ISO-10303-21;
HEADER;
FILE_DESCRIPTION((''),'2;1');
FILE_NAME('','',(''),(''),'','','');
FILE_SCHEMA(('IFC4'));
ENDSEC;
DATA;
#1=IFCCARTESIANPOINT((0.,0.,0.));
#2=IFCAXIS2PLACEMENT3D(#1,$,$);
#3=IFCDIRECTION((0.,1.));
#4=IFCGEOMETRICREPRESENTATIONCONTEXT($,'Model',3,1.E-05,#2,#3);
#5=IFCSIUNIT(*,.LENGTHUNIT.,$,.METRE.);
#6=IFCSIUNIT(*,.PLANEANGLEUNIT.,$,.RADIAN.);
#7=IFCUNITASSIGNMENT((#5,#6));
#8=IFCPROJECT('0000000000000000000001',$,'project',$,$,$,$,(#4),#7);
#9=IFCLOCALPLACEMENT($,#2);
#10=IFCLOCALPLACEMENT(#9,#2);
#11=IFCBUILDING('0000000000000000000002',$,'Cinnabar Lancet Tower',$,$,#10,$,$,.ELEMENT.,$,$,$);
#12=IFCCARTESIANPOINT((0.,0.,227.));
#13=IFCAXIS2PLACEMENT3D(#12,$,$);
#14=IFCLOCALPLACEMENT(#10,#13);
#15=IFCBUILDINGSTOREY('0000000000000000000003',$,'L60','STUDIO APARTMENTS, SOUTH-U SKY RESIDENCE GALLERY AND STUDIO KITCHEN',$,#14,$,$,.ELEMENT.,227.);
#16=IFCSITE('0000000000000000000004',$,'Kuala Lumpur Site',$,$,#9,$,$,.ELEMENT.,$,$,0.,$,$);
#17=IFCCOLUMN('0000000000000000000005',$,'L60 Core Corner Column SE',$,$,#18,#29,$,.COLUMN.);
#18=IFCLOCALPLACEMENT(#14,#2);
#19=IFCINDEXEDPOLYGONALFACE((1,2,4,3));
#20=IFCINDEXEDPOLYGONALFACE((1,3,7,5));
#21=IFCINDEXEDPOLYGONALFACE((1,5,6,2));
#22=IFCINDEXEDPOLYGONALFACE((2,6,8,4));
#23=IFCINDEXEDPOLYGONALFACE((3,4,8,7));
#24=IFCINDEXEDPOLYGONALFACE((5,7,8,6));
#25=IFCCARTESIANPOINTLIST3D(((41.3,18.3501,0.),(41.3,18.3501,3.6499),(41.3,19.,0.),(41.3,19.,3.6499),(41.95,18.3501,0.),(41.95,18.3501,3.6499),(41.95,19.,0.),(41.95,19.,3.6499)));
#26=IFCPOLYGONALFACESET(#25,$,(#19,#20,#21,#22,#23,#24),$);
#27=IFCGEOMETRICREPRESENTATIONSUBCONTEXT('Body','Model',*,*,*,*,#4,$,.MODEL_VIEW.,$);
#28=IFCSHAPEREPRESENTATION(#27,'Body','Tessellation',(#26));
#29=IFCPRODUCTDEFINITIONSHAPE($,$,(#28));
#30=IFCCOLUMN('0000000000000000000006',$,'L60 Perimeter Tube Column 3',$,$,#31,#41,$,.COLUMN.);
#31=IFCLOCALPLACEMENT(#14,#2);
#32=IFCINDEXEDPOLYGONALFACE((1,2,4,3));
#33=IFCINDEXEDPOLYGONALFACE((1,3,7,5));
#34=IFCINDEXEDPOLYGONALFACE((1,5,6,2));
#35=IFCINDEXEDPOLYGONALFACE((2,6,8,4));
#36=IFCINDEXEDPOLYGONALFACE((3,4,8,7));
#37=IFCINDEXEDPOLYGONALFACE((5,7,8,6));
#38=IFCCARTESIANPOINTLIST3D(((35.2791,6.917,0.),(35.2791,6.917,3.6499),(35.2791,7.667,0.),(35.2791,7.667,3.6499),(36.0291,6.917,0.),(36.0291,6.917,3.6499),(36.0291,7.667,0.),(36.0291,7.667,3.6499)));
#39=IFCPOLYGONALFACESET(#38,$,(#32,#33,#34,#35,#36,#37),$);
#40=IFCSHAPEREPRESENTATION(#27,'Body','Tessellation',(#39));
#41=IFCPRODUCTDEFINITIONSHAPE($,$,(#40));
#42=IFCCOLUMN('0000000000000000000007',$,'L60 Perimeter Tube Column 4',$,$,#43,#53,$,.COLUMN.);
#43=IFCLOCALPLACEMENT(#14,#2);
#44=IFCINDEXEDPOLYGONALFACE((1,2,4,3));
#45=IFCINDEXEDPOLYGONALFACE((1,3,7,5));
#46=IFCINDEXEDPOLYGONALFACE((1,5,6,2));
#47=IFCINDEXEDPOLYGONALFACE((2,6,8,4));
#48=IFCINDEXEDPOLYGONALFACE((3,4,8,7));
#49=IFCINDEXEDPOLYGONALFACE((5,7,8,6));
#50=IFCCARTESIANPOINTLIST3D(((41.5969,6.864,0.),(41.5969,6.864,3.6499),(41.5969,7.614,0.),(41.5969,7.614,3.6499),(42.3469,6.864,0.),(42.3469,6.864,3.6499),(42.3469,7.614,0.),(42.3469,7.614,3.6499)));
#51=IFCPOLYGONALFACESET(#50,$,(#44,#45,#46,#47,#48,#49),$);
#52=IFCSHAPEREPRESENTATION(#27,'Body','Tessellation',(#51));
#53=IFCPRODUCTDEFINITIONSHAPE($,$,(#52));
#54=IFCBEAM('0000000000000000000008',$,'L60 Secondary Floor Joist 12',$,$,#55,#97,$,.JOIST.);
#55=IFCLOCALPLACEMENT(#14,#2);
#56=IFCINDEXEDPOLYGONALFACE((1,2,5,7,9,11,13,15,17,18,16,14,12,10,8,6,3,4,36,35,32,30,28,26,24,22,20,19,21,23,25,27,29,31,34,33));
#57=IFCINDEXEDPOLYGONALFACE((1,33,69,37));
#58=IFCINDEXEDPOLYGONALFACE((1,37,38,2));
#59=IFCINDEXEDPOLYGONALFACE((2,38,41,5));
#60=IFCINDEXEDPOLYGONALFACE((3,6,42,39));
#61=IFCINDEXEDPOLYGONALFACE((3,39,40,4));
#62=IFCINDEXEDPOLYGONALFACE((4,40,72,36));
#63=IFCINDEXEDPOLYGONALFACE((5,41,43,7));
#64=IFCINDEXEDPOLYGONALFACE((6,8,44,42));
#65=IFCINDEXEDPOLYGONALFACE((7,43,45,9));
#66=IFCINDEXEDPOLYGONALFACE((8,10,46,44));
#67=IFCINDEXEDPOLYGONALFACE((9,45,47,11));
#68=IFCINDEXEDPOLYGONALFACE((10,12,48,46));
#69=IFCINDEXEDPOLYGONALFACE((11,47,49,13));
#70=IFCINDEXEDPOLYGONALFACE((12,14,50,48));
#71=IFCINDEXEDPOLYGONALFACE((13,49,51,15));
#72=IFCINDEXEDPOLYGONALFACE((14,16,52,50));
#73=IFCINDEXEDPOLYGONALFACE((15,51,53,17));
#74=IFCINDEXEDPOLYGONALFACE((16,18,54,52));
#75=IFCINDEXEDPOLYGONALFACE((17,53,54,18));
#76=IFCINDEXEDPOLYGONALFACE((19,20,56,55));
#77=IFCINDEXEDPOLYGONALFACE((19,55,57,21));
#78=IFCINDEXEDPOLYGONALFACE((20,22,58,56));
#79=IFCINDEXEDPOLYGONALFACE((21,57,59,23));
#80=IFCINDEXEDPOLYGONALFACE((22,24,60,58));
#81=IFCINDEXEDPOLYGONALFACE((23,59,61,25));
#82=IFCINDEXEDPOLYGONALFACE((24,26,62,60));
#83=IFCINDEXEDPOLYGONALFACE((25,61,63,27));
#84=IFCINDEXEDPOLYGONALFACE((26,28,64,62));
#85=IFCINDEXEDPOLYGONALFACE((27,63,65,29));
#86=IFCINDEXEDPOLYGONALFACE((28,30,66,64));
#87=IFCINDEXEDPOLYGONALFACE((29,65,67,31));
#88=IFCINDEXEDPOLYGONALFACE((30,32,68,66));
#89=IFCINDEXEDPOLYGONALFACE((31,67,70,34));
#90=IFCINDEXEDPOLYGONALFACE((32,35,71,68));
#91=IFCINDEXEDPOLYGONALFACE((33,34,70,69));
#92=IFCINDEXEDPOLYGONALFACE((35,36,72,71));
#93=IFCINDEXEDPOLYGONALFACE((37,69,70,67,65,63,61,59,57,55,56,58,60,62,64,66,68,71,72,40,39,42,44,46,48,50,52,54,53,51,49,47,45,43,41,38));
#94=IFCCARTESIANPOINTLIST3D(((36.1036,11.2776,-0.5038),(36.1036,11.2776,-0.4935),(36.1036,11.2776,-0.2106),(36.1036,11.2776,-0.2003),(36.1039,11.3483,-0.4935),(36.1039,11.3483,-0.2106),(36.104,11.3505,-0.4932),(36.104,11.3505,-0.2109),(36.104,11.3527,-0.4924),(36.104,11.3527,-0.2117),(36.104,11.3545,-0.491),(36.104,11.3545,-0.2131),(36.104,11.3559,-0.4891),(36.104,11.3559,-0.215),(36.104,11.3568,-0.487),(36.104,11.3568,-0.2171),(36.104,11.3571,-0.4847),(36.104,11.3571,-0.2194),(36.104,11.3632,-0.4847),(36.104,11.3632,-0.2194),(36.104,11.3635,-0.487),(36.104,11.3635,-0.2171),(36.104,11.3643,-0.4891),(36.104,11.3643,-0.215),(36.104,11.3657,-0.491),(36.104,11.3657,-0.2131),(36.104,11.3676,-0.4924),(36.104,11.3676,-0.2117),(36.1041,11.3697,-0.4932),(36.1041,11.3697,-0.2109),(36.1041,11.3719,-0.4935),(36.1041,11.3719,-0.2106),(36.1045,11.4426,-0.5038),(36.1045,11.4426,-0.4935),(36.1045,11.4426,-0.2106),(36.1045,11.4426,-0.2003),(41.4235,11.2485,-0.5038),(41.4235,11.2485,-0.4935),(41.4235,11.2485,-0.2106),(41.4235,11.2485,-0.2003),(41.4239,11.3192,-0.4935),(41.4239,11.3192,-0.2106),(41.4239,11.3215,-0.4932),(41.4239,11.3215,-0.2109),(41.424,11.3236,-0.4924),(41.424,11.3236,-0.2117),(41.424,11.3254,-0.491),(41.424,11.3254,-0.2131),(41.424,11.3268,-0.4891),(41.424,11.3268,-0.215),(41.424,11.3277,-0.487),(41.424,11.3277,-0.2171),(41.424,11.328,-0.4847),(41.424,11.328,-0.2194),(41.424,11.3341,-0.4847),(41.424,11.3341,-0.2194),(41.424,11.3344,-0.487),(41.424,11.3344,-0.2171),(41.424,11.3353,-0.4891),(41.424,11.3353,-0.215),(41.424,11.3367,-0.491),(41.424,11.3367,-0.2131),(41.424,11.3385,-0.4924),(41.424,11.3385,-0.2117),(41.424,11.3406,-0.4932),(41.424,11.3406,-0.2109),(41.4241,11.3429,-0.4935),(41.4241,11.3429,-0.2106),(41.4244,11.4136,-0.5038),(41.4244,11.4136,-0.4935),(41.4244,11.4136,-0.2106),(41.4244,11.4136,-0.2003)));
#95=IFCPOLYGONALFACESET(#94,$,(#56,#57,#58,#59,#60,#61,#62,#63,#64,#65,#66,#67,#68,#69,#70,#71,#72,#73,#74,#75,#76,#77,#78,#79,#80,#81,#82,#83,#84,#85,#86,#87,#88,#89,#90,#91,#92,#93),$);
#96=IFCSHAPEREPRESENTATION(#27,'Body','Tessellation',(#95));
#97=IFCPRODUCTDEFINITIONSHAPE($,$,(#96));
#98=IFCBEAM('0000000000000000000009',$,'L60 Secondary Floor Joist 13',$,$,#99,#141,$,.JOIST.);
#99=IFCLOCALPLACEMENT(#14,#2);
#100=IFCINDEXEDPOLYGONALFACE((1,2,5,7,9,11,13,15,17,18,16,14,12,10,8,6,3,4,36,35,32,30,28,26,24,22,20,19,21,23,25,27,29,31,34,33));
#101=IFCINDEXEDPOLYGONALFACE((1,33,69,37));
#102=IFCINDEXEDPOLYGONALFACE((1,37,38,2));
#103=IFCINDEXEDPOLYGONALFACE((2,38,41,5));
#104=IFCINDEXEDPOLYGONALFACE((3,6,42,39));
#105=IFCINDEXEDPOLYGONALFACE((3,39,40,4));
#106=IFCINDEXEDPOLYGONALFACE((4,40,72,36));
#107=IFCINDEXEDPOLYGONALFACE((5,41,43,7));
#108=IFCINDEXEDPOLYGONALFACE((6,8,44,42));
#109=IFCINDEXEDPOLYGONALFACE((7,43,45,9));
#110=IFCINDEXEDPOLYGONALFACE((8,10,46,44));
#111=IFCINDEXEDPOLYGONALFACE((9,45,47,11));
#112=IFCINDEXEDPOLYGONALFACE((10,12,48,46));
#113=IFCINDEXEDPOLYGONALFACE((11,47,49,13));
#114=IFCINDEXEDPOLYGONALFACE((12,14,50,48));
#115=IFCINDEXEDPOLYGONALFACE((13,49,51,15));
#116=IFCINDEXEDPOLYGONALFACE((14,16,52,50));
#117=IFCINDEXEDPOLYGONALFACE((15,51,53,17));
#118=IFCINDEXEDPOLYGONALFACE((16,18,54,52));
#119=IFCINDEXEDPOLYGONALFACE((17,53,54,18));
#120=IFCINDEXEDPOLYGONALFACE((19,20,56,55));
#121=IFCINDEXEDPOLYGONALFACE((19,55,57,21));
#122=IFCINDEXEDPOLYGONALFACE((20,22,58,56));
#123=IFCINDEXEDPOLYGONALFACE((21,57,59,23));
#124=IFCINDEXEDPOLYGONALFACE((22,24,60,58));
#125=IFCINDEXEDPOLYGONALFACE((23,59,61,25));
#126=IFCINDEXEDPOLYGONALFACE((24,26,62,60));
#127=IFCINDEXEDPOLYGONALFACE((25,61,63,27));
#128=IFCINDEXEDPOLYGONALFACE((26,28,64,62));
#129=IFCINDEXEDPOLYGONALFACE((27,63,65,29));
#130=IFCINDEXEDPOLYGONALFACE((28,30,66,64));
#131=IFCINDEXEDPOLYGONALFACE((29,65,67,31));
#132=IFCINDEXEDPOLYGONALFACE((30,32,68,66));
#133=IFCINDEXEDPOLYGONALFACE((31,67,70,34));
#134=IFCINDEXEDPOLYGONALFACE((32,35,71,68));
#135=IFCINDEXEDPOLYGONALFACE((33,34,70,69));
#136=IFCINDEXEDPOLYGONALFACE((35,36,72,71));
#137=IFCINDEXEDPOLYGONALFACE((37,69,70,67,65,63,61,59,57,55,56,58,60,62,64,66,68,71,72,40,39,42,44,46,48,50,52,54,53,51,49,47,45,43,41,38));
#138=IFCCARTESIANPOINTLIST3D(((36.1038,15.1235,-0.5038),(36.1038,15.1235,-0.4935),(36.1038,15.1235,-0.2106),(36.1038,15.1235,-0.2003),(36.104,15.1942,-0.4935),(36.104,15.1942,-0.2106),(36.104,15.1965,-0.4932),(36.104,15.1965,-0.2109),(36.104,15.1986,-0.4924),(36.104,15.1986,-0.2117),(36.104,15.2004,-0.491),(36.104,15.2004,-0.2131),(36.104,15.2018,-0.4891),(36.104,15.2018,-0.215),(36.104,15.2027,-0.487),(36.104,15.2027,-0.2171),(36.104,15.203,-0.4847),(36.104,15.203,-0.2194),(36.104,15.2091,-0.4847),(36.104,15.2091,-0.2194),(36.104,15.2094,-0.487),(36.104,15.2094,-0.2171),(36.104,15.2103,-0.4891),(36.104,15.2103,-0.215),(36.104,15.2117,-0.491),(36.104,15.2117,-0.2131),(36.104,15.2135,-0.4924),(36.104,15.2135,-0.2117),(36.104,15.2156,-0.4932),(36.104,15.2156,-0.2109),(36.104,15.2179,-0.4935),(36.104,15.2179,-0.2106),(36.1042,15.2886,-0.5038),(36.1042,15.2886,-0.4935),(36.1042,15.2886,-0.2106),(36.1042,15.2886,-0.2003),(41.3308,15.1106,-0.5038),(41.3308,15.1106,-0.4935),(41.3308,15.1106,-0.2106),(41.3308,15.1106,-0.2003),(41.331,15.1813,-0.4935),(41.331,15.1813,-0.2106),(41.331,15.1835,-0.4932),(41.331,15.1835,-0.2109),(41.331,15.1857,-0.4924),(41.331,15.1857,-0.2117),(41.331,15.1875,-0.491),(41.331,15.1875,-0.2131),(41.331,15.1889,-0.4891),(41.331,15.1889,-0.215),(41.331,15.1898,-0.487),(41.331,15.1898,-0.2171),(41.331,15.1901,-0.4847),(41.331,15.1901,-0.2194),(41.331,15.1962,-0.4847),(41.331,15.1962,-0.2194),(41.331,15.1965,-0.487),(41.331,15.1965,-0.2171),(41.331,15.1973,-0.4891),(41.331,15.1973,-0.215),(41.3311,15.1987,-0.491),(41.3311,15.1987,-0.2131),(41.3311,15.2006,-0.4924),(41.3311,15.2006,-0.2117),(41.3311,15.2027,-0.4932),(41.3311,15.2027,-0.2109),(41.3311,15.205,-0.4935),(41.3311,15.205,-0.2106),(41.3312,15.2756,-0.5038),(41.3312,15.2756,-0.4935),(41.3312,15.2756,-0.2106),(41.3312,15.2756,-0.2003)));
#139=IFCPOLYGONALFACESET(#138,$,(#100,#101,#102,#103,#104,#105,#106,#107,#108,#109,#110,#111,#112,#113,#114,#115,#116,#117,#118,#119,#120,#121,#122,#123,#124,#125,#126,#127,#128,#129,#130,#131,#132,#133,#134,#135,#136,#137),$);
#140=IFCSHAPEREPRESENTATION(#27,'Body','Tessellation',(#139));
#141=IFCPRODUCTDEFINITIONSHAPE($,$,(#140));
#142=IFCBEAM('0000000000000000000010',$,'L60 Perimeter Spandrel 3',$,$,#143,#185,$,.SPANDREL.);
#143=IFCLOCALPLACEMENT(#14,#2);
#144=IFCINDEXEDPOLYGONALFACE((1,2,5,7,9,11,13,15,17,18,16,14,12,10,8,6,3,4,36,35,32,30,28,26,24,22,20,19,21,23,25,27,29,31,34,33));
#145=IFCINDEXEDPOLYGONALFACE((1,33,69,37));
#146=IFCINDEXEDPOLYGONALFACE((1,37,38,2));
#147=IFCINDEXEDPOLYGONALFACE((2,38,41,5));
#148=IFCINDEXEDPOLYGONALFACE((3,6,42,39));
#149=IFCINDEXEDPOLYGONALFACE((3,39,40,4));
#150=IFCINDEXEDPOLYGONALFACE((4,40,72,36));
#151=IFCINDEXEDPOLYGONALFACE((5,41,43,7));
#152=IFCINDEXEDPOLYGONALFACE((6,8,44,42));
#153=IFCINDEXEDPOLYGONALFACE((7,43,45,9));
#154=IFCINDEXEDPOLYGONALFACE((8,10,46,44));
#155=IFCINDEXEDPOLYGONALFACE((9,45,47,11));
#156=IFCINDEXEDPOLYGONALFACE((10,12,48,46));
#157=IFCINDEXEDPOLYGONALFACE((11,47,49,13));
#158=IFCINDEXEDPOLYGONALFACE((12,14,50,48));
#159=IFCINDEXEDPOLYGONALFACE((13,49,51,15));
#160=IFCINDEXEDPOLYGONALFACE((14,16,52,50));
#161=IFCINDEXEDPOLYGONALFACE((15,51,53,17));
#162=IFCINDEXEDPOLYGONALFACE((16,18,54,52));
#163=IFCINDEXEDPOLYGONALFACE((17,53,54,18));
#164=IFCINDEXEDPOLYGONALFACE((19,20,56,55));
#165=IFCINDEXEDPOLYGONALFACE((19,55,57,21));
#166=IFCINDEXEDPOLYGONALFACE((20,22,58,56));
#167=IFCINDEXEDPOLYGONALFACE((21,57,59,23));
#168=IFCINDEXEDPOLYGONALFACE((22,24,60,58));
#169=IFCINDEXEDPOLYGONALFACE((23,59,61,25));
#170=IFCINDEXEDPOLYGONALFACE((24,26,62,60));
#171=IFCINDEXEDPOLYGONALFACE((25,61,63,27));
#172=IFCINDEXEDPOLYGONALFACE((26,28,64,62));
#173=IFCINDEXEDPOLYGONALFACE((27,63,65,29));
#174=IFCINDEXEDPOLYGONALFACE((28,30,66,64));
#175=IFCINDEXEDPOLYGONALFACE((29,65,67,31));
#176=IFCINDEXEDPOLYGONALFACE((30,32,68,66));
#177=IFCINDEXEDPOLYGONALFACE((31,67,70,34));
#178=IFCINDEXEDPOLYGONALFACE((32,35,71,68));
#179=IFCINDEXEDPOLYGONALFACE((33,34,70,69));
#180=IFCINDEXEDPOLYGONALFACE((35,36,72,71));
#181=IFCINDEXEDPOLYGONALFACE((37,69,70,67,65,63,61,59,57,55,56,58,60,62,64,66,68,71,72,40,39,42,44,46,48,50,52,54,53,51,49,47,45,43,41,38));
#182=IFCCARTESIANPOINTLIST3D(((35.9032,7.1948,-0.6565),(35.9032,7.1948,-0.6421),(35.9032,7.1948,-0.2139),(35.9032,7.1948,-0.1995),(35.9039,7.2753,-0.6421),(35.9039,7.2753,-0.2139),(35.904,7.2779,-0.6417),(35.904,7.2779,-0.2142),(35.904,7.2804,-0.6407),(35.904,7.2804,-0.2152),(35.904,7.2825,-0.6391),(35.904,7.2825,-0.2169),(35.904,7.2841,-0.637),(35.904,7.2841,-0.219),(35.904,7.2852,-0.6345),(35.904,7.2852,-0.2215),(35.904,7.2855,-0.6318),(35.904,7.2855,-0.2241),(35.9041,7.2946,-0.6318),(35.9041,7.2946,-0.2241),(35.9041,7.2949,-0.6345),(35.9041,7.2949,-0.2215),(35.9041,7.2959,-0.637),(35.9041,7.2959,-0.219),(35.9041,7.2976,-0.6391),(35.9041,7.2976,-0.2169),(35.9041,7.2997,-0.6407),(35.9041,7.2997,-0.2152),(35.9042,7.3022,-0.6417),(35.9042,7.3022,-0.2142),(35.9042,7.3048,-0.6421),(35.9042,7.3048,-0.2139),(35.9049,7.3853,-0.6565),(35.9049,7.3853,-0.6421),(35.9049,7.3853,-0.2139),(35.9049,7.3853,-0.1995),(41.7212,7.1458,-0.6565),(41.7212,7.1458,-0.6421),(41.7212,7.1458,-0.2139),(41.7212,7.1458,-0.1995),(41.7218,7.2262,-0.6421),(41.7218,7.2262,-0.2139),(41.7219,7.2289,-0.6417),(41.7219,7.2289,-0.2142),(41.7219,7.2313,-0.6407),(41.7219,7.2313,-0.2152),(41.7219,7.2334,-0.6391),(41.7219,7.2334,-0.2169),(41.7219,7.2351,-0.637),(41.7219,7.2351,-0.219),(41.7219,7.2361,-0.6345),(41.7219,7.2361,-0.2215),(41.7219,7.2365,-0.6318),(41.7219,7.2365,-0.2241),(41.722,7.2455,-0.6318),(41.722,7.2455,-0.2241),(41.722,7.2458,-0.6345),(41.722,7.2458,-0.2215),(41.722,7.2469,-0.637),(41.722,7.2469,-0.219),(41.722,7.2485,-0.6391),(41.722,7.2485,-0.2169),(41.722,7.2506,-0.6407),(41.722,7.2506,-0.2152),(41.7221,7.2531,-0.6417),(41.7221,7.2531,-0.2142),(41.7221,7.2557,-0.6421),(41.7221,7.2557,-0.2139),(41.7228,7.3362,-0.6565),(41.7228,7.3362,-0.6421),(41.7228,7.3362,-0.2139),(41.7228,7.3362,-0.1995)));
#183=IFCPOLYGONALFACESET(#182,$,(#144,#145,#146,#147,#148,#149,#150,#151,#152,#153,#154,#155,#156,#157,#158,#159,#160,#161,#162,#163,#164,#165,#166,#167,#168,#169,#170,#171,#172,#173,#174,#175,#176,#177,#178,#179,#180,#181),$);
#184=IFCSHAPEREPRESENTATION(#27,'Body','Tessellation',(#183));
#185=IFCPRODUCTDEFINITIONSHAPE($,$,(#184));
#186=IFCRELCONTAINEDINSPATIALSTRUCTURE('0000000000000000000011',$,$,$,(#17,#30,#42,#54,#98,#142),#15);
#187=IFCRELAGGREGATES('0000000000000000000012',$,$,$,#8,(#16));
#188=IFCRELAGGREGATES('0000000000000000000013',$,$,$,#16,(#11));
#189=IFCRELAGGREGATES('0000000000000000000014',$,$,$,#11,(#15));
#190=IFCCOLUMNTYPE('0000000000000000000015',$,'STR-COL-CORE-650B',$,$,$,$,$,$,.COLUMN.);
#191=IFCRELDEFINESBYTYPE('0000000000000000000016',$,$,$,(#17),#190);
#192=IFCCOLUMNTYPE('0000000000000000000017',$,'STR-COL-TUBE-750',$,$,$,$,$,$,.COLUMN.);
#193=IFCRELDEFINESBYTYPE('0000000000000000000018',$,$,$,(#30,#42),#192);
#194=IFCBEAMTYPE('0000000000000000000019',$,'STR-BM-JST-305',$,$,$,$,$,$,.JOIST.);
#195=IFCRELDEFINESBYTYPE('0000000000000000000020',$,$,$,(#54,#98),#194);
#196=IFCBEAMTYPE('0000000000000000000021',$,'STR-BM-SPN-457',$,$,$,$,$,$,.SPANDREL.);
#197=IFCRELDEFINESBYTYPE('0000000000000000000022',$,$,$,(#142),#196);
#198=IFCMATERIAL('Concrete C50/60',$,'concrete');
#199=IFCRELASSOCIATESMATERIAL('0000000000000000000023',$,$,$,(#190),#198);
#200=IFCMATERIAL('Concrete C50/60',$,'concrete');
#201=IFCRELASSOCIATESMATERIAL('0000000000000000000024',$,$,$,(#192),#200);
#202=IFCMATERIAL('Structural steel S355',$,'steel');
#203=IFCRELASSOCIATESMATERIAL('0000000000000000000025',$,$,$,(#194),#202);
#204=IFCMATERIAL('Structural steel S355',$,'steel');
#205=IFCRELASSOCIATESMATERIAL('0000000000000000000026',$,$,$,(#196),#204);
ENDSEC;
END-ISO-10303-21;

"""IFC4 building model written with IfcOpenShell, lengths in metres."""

from ifc_helpers import new_model, si_unit, direction, frame, origin, origin_2d, place, context, subcontext, project, spatial, rectangle, i_section, extrude, material, material_profile, profile_set, type_object, element, save


model = new_model("IFC4")

# Units and contexts
model_context = context("Model", 3, precision=1e-05, world=origin(), true_north=direction((0.0, 1.0)))
body_context = subcontext(model_context, "Body", "Model", "MODEL_VIEW")
ifc_project = project(units=[si_unit("LENGTHUNIT", "METRE"), si_unit("PLANEANGLEUNIT", "RADIAN")], contexts=[model_context])

# Site, building, storey
site_placement = place(None, origin())
site = spatial("IfcSite", under=ifc_project, at=site_placement, Name="Kuala Lumpur Site", CompositionType="ELEMENT", RefElevation=0.0)
building_placement = place(site_placement, origin())
building = spatial("IfcBuilding", under=site, at=building_placement, Name="Cinnabar Lancet Tower", CompositionType="ELEMENT")
storey_placement = place(building_placement, frame((0.0, 0.0, 227.0)))
storey = spatial("IfcBuildingStorey", under=building, at=storey_placement, Name="L60", Description="STUDIO APARTMENTS, SOUTH-U SKY RESIDENCE GALLERY AND STUDIO KITCHEN", CompositionType="ELEMENT", Elevation=227.0)

# Columns
ifc_material_1 = material(Name="Concrete C50/60", Category="concrete")
ifc_material_profile_1 = material_profile(ifc_material_1, rectangle(XDim=0.6499, YDim=0.6499, at=origin_2d()), Name="RC-COL 650x650")
ifc_profile_set_1 = profile_set([ifc_material_profile_1], Name="Concrete C50/60")
column_type_1 = type_object("IfcColumnType", Name="STR-COL-CORE-650B", PredefinedType="COLUMN", material=ifc_profile_set_1)
column_placement = place(storey_placement, frame((41.625, 18.675, 0.0), z_axis=(0.0, 0.0, 1.0), x_axis=(1.0, 0.0, 0.0)))
element("IfcColumn", 1, at=column_placement, inside=storey, type_object=column_type_1, Name="L60 Core Corner Column SE", PredefinedType="COLUMN", context=body_context, shape_type="SweptSolid", body=[
    extrude(rectangle(XDim=0.6499, YDim=0.6499, at=origin_2d()), origin(), (0.0, 0.0, 1.0), 3.6499),
])
ifc_material_2 = material(Name="Concrete C50/60", Category="concrete")
ifc_material_profile_2 = material_profile(ifc_material_2, rectangle(XDim=0.75, YDim=0.75, at=origin_2d()), Name="RC-COL 750x750")
ifc_profile_set_2 = profile_set([ifc_material_profile_2], Name="Concrete C50/60")
column_type_2 = type_object("IfcColumnType", Name="STR-COL-TUBE-750", PredefinedType="COLUMN", material=ifc_profile_set_2)
for number, where, z_axis, x_axis, name in (
    (2, (35.6541, 7.292, 0.0), (0.0, 0.0, 1.0), (1.0, 0.0, 0.0), "L60 Perimeter Tube Column 3"),
    (3, (41.9719, 7.239, 0.0), (0.0, 0.0, 1.0), (1.0, 0.0, 0.0), "L60 Perimeter Tube Column 4"),
):
    element("IfcColumn", number, at=place(storey_placement, frame(where, z_axis=z_axis, x_axis=x_axis)), inside=storey, type_object=column_type_2, Name=name, PredefinedType="COLUMN", context=body_context, shape_type="SweptSolid", body=[
        extrude(rectangle(XDim=0.75, YDim=0.75, at=origin_2d()), origin(), (0.0, 0.0, 1.0), 3.6499),
    ])

# Beams
ifc_material_3 = material(Name="Structural steel S355", Category="steel")
ifc_material_profile_3 = material_profile(ifc_material_3, i_section(OverallWidth=0.165, OverallDepth=0.3035, WebThickness=0.0061, FlangeThickness=0.0103, FilletRadius=0.0088, at=origin_2d()), Name="UKB 305x165x40")
ifc_profile_set_3 = profile_set([ifc_material_profile_3], Name="Structural steel S355")
beam_type_1 = type_object("IfcBeamType", Name="STR-BM-JST-305", PredefinedType="JOIST", material=ifc_profile_set_3)
beam_1_placement = place(storey_placement, frame((36.104, 11.3601, -0.3521), z_axis=(0.999985, -0.005461, 0.0), x_axis=(0.005461, 0.999985, 0.0)))
element("IfcBeam", 4, at=beam_1_placement, inside=storey, type_object=beam_type_1, Name="L60 Secondary Floor Joist 12", PredefinedType="JOIST", context=body_context, shape_type="SweptSolid", body=[
    extrude(i_section(OverallWidth=0.165, OverallDepth=0.3035, WebThickness=0.0061, FlangeThickness=0.0103, FilletRadius=0.0088, at=origin_2d()), origin(), (0.0, 0.0, 1.0), 5.3201),
])
beam_2_placement = place(storey_placement, frame((36.104, 15.2061, -0.3521), z_axis=(0.999997, -0.002475, 0.0), x_axis=(0.002475, 0.999997, 0.0)))
element("IfcBeam", 5, at=beam_2_placement, inside=storey, type_object=beam_type_1, Name="L60 Secondary Floor Joist 13", PredefinedType="JOIST", context=body_context, shape_type="SweptSolid", body=[
    extrude(i_section(OverallWidth=0.165, OverallDepth=0.3035, WebThickness=0.0061, FlangeThickness=0.0103, FilletRadius=0.0088, at=origin_2d()), origin(), (0.0, 0.0, 1.0), 5.2271),
])
ifc_material_4 = material(Name="Structural steel S355", Category="steel")
ifc_material_profile_4 = material_profile(ifc_material_4, i_section(OverallWidth=0.1904, OverallDepth=0.457, WebThickness=0.009, FlangeThickness=0.0144, FilletRadius=0.0103, at=origin_2d()), Name="UKB 457x191x74")
ifc_profile_set_4 = profile_set([ifc_material_profile_4], Name="Structural steel S355")
beam_type_2 = type_object("IfcBeamType", Name="STR-BM-SPN-457", PredefinedType="SPANDREL", material=ifc_profile_set_4)
beam_3_placement = place(storey_placement, frame((35.9041, 7.29, -0.428), z_axis=(0.999964, -0.008434, 0.0), x_axis=(0.008434, 0.999964, 0.0)))
element("IfcBeam", 6, at=beam_3_placement, inside=storey, type_object=beam_type_2, Name="L60 Perimeter Spandrel 3", PredefinedType="SPANDREL", context=body_context, shape_type="SweptSolid", body=[
    extrude(i_section(OverallWidth=0.1904, OverallDepth=0.457, WebThickness=0.009, FlangeThickness=0.0144, FilletRadius=0.0103, at=origin_2d()), origin(), (0.0, 0.0, 1.0), 5.8181),
])

save(model, "model.ifc")
